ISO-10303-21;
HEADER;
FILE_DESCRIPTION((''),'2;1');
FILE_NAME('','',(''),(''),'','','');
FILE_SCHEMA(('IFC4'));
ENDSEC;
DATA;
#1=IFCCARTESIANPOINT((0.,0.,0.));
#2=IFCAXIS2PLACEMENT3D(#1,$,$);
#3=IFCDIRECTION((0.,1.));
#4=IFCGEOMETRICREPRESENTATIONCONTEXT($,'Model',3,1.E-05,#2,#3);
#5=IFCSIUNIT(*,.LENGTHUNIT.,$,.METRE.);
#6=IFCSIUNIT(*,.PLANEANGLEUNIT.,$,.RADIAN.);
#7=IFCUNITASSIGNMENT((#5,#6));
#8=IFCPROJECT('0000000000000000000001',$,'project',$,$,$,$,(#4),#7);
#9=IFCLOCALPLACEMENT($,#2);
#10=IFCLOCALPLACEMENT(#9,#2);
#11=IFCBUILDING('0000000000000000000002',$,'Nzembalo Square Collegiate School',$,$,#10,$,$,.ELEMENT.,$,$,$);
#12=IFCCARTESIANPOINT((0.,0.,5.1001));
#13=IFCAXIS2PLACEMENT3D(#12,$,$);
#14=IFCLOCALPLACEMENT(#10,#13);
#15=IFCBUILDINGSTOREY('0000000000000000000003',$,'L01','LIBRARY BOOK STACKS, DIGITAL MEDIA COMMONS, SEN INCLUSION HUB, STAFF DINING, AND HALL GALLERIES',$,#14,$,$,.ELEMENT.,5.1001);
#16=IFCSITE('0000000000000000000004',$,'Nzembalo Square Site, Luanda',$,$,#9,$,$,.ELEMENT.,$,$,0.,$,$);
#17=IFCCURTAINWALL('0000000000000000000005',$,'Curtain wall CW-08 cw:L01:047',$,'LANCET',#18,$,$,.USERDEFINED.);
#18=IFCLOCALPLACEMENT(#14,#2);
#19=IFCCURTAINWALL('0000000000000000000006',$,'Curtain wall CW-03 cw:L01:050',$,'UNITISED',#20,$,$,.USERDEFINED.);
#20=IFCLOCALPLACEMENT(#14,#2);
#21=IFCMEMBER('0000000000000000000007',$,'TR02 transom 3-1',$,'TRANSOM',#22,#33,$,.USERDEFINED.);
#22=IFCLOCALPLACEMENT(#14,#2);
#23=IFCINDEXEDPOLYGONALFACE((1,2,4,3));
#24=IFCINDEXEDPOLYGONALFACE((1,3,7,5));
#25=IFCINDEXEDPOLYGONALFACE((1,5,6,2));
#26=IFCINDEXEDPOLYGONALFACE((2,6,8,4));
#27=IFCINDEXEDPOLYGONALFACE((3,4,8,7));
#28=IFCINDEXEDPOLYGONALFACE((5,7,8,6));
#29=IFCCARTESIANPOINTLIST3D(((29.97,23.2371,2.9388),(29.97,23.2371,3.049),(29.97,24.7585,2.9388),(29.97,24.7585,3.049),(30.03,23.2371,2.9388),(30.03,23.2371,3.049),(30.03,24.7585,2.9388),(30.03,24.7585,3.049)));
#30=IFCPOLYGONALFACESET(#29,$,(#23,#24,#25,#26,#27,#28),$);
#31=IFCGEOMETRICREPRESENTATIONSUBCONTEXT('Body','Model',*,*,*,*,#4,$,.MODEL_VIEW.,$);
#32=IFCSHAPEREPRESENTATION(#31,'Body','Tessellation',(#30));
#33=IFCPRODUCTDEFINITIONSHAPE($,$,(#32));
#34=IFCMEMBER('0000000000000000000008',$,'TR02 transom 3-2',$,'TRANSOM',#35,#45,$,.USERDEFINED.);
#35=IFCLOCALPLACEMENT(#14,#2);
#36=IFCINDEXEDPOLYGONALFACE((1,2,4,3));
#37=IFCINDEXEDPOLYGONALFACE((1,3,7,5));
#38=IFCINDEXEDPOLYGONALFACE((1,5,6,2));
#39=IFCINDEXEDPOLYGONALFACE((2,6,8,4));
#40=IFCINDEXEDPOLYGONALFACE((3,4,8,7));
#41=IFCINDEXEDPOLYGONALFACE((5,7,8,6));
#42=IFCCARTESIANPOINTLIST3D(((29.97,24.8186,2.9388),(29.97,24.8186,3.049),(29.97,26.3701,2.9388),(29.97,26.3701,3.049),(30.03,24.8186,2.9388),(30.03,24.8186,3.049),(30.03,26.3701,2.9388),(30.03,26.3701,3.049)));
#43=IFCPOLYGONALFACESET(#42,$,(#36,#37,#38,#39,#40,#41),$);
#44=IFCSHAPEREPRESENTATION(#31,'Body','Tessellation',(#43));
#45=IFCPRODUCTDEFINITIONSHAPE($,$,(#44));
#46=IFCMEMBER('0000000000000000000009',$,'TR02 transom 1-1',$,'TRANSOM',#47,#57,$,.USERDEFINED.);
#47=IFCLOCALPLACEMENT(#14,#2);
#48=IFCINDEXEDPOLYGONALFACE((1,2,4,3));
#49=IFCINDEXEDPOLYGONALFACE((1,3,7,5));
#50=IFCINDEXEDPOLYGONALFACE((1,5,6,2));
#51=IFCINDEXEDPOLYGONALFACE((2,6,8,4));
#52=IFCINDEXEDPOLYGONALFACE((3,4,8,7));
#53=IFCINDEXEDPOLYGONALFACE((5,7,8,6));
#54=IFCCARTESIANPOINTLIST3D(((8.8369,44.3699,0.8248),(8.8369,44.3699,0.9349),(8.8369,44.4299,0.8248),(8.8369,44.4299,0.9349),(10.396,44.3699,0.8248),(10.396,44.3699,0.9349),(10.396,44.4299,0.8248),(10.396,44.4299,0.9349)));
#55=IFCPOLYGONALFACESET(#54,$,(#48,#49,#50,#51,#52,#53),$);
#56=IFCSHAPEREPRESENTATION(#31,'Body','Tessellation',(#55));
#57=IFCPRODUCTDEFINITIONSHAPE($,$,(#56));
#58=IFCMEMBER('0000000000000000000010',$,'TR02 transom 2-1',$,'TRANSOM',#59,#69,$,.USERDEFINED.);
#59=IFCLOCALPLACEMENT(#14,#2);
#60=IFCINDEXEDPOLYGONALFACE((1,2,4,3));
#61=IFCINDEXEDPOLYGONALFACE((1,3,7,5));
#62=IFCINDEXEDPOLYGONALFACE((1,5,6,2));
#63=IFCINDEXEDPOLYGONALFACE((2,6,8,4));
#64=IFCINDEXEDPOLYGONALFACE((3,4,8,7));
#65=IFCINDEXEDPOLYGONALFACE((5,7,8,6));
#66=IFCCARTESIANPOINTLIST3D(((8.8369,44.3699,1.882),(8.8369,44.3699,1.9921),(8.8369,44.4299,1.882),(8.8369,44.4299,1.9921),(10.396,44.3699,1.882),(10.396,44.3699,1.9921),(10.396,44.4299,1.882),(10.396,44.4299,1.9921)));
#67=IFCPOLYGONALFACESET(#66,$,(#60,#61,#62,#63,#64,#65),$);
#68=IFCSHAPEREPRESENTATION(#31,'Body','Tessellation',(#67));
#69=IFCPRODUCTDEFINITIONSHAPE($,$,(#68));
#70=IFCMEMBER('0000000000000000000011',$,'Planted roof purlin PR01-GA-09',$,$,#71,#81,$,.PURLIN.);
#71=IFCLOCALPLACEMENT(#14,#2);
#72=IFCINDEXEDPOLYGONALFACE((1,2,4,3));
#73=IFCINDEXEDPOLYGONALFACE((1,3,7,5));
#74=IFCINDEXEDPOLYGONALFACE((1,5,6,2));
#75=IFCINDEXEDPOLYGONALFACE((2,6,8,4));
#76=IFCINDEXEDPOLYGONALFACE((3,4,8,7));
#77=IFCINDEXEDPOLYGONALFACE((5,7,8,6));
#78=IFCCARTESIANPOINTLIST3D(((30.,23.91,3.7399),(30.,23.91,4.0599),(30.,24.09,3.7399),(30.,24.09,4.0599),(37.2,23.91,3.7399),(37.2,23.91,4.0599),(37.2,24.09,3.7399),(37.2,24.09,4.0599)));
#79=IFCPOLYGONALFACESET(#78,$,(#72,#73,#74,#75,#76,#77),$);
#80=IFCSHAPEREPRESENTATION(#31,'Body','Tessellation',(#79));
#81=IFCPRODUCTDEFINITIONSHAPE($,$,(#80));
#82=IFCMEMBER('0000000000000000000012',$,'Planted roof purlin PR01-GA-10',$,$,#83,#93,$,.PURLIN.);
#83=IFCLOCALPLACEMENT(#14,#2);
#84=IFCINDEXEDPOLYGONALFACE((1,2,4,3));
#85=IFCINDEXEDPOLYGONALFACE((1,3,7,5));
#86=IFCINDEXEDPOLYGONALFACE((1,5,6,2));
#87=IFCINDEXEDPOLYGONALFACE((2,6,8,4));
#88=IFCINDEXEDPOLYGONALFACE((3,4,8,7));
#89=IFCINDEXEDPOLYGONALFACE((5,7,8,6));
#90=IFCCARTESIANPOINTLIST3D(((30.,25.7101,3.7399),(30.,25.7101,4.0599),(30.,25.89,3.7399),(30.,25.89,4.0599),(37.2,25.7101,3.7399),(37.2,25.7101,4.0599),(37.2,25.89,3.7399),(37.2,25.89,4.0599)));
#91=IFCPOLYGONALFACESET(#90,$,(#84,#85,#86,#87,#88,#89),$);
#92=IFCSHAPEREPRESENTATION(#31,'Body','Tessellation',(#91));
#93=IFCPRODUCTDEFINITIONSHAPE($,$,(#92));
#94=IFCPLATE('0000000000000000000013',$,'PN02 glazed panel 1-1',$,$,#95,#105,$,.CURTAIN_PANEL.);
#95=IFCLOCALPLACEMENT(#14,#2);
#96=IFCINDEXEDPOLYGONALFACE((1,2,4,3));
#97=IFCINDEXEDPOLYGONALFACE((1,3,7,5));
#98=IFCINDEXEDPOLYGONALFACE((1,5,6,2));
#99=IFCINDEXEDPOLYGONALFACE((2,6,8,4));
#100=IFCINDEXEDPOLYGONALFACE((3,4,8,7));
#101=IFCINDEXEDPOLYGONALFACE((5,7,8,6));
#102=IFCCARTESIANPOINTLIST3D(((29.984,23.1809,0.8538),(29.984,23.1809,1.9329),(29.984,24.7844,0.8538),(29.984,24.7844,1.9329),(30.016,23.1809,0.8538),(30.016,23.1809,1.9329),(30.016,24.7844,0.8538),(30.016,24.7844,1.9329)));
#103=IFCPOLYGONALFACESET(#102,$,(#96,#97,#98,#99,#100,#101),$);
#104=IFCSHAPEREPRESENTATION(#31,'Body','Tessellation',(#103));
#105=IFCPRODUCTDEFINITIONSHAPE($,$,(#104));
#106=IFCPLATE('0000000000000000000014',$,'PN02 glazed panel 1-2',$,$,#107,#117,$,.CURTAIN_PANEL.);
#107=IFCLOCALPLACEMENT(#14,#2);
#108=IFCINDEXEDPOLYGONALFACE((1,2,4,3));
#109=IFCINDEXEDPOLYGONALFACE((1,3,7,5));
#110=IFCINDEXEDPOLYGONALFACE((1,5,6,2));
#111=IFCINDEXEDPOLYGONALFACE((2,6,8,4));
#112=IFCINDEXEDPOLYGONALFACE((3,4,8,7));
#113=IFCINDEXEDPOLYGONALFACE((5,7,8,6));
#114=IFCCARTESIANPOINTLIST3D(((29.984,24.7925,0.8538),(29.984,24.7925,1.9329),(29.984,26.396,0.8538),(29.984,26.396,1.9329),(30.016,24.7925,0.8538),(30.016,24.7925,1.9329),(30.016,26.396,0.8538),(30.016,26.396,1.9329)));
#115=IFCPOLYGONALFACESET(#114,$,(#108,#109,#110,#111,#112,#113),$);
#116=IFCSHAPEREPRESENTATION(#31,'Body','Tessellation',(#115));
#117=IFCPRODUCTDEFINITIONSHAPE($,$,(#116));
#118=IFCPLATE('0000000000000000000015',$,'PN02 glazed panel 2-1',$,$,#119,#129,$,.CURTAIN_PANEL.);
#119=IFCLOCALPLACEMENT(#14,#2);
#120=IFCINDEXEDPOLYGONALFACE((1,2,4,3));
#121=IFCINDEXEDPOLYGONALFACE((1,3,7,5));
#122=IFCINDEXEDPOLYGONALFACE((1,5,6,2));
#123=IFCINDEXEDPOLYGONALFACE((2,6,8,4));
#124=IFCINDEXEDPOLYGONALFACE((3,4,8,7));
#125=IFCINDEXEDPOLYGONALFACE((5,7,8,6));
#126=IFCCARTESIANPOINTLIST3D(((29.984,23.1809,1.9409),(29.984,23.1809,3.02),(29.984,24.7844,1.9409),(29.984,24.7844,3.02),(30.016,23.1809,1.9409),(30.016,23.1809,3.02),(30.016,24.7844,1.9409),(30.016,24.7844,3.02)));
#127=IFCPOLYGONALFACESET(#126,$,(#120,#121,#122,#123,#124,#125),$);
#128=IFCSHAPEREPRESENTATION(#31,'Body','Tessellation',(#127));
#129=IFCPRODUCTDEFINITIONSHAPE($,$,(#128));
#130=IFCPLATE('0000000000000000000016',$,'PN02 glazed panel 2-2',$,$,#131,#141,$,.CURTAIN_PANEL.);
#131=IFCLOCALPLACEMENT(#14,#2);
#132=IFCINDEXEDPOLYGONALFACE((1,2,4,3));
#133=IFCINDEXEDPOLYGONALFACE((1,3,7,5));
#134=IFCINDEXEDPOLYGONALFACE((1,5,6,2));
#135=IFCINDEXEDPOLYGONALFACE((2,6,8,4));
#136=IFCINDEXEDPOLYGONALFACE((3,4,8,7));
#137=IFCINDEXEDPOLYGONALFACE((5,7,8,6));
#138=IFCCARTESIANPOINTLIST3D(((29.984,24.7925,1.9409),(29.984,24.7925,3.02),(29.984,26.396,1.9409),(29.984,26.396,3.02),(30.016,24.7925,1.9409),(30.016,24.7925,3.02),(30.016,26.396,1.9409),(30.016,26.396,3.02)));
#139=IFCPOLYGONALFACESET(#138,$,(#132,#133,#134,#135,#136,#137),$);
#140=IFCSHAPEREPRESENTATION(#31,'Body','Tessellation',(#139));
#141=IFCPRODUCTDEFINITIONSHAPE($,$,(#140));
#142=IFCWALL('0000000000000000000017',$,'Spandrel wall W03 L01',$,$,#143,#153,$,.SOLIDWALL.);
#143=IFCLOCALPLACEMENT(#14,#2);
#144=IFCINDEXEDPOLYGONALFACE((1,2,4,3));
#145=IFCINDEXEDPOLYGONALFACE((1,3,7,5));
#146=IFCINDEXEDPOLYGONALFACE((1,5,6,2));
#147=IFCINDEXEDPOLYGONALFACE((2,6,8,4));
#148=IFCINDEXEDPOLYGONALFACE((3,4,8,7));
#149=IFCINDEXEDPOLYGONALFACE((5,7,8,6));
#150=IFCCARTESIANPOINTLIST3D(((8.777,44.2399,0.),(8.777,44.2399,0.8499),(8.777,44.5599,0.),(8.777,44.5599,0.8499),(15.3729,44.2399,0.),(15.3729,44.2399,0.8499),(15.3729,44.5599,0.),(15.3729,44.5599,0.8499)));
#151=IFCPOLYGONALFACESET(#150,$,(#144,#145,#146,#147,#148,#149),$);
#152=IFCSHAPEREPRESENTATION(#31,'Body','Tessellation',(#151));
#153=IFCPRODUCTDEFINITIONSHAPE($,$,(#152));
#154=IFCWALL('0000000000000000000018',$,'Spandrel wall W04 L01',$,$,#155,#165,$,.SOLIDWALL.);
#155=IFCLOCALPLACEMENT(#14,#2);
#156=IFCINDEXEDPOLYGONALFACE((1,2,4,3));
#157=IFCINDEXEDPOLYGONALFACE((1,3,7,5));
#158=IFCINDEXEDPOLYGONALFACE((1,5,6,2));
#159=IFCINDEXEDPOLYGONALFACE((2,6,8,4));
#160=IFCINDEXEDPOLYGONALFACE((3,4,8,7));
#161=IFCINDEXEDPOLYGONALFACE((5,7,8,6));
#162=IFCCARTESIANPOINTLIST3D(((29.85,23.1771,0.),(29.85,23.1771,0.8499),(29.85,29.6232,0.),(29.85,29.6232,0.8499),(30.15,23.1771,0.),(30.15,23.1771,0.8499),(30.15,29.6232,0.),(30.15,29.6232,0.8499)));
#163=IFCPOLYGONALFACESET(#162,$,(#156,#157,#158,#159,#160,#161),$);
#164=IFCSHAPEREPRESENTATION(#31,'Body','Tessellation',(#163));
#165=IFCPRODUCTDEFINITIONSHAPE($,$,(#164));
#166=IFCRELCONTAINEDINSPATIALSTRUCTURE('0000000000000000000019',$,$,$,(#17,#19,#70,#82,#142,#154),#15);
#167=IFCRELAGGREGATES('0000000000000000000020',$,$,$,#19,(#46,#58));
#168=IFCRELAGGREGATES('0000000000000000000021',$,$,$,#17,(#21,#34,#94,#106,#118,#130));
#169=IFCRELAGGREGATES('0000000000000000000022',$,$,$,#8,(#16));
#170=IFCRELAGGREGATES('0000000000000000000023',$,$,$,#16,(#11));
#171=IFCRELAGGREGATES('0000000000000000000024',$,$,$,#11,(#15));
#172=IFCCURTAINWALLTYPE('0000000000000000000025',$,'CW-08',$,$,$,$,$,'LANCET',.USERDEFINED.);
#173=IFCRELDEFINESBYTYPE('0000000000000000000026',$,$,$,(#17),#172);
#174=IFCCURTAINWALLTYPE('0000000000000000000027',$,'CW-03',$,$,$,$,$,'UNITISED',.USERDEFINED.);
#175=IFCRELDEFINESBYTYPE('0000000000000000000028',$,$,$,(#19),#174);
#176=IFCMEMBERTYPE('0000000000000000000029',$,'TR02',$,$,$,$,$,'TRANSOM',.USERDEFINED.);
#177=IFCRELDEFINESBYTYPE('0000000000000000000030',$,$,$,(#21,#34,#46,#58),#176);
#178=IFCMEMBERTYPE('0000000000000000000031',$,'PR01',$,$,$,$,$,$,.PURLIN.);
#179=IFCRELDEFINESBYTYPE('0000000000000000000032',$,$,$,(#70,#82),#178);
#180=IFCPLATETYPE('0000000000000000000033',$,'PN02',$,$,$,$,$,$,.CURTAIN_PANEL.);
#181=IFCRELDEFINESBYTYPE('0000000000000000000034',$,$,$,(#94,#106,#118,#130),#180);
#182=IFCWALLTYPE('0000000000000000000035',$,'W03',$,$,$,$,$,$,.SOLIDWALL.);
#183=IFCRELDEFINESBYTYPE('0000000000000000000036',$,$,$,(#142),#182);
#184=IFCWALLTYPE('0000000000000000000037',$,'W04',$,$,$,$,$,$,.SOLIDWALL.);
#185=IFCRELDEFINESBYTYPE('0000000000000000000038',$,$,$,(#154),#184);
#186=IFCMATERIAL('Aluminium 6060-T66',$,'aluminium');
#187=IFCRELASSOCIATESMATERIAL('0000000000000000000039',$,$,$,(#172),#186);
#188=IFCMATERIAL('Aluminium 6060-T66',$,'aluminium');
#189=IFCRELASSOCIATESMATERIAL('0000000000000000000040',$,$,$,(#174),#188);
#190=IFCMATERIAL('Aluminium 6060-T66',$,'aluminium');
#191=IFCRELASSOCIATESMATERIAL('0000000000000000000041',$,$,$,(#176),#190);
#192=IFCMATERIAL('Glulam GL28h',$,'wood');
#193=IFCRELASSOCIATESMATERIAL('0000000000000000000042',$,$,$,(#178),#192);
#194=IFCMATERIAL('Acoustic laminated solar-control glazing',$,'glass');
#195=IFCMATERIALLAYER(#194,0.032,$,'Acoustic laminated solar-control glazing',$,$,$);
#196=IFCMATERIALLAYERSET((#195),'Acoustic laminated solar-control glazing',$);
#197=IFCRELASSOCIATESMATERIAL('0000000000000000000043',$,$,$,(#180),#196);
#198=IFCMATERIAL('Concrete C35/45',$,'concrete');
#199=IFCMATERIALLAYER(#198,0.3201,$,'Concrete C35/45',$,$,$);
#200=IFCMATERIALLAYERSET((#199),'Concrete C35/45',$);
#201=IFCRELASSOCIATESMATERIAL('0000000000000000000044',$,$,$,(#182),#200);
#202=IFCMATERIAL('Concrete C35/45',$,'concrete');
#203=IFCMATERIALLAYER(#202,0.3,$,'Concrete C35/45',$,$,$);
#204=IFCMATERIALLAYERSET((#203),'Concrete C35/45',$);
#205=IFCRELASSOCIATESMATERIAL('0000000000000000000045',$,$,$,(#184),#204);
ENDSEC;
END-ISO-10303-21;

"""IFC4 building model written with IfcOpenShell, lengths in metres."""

from ifc_helpers import new_model, si_unit, direction, frame, frame_2d, origin, origin_2d, place, context, subcontext, project, spatial, rectangle, extrude, material, layer, layer_set, material_profile, profile_set, type_object, element, aggregate, save


model = new_model("IFC4")

# Units and contexts
model_context = context("Model", 3, precision=1e-05, world=origin(), true_north=direction((0.0, 1.0)))
body_context = subcontext(model_context, "Body", "Model", "MODEL_VIEW")
ifc_project = project(units=[si_unit("LENGTHUNIT", "METRE"), si_unit("PLANEANGLEUNIT", "RADIAN")], contexts=[model_context])

# Site, building, storey
site_placement = place(None, origin())
site = spatial("IfcSite", under=ifc_project, at=site_placement, Name="Nzembalo Square Site, Luanda", CompositionType="ELEMENT", RefElevation=0.0)
building_placement = place(site_placement, origin())
building = spatial("IfcBuilding", under=site, at=building_placement, Name="Nzembalo Square Collegiate School", CompositionType="ELEMENT")
storey_placement = place(building_placement, frame((0.0, 0.0, 5.1001)))
storey = spatial("IfcBuildingStorey", under=building, at=storey_placement, Name="L01", Description="LIBRARY BOOK STACKS, DIGITAL MEDIA COMMONS, SEN INCLUSION HUB, STAFF DINING, AND HALL GALLERIES", CompositionType="ELEMENT", Elevation=5.1001)

# Curtain wall
ifc_material_1 = material(Name="Aluminium 6060-T66", Category="aluminium")
curtain_wall_type_1 = type_object("IfcCurtainWallType", Name="CW-08", ElementType="LANCET", PredefinedType="USERDEFINED", material=ifc_material_1)
curtain_wall_1_placement = place(storey_placement, origin())
curtain_wall_1 = element("IfcCurtainWall", 1, at=curtain_wall_1_placement, inside=storey, type_object=curtain_wall_type_1, Name="Curtain wall CW-08 cw:L01:047", ObjectType="LANCET", PredefinedType="USERDEFINED")

# Curtain wall
ifc_material_2 = material(Name="Aluminium 6060-T66", Category="aluminium")
curtain_wall_type_2 = type_object("IfcCurtainWallType", Name="CW-03", ElementType="UNITISED", PredefinedType="USERDEFINED", material=ifc_material_2)
curtain_wall_2_placement = place(storey_placement, origin())
curtain_wall_2 = element("IfcCurtainWall", 2, at=curtain_wall_2_placement, inside=storey, type_object=curtain_wall_type_2, Name="Curtain wall CW-03 cw:L01:050", ObjectType="UNITISED", PredefinedType="USERDEFINED")

# Members
ifc_material_3 = material(Name="Aluminium 6060-T66", Category="aluminium")
ifc_material_profile_1 = material_profile(ifc_material_3, rectangle(XDim=0.0601, YDim=0.1101, at=origin_2d()), Name="ALU T60x110")
ifc_profile_set_1 = profile_set([ifc_material_profile_1], Name="Aluminium 6060-T66")
member_type_1 = type_object("IfcMemberType", Name="TR02", ElementType="TRANSOM", PredefinedType="USERDEFINED", material=ifc_profile_set_1)
member_1_placement = place(storey_placement, frame((30.0, 23.2371, 2.9939), z_axis=(0.0, 1.0, 0.0), x_axis=(-1.0, 0.0, 0.0)))
member_1 = element("IfcMember", 3, at=member_1_placement, type_object=member_type_1, Name="TR02 transom 3-1", ObjectType="TRANSOM", PredefinedType="USERDEFINED", context=body_context, shape_type="SweptSolid", body=[
    extrude(rectangle(XDim=0.0601, YDim=0.1101, at=origin_2d()), origin(), (0.0, 0.0, 1.0), 1.5215),
])
member_2_placement = place(storey_placement, frame((30.0, 24.8186, 2.9939), z_axis=(0.0, 1.0, 0.0), x_axis=(-1.0, 0.0, 0.0)))
member_2 = element("IfcMember", 4, at=member_2_placement, type_object=member_type_1, Name="TR02 transom 3-2", ObjectType="TRANSOM", PredefinedType="USERDEFINED", context=body_context, shape_type="SweptSolid", body=[
    extrude(rectangle(XDim=0.0601, YDim=0.1101, at=origin_2d()), origin(), (0.0, 0.0, 1.0), 1.5515),
])
member_3_placement = place(storey_placement, frame((8.8369, 44.3999, 0.8799), z_axis=(1.0, 0.0, 0.0), x_axis=(0.0, 1.0, 0.0)))
member_3 = element("IfcMember", 5, at=member_3_placement, type_object=member_type_1, Name="TR02 transom 1-1", ObjectType="TRANSOM", PredefinedType="USERDEFINED", context=body_context, shape_type="SweptSolid", body=[
    extrude(rectangle(XDim=0.0601, YDim=0.1101, at=origin_2d()), origin(), (0.0, 0.0, 1.0), 1.5591),
])
member_4_placement = place(storey_placement, frame((8.8369, 44.3999, 1.937), z_axis=(1.0, 0.0, 0.0), x_axis=(0.0, 1.0, 0.0)))
member_4 = element("IfcMember", 6, at=member_4_placement, type_object=member_type_1, Name="TR02 transom 2-1", ObjectType="TRANSOM", PredefinedType="USERDEFINED", context=body_context, shape_type="SweptSolid", body=[
    extrude(rectangle(XDim=0.0601, YDim=0.1101, at=origin_2d()), origin(), (0.0, 0.0, 1.0), 1.5591),
])
aggregate(curtain_wall_2, [member_3, member_4])

# Members
ifc_material_4 = material(Name="Glulam GL28h", Category="wood")
ifc_material_profile_2 = material_profile(ifc_material_4, rectangle(XDim=0.1799, YDim=0.3201, at=origin_2d()), Name="GL28h 180x320")
ifc_profile_set_2 = profile_set([ifc_material_profile_2], Name="Glulam GL28h")
member_type_2 = type_object("IfcMemberType", Name="PR01", PredefinedType="PURLIN", material=ifc_profile_set_2)
for number, where, z_axis, x_axis, name in (
    (7, (30.0, 24.0, 3.8999), (1.0, 0.0, 0.0), (0.0, 1.0, 0.0), "Planted roof purlin PR01-GA-09"),
    (8, (30.0, 25.8, 3.8999), (1.0, 0.0, 0.0), (0.0, 1.0, 0.0), "Planted roof purlin PR01-GA-10"),
):
    element("IfcMember", number, at=place(storey_placement, frame(where, z_axis=z_axis, x_axis=x_axis)), inside=storey, type_object=member_type_2, Name=name, PredefinedType="PURLIN", context=body_context, shape_type="SweptSolid", body=[
        extrude(rectangle(XDim=0.1799, YDim=0.3201, at=origin_2d()), origin(), (0.0, 0.0, 1.0), 7.2),
    ])

# Plates
ifc_material_5 = material(Name="Acoustic laminated solar-control glazing", Category="glass")
ifc_layer_1 = layer(ifc_material_5, 0.032, Name="Acoustic laminated solar-control glazing")
ifc_layer_set_1 = layer_set([ifc_layer_1], Name="Acoustic laminated solar-control glazing")
plate_type = type_object("IfcPlateType", Name="PN02", PredefinedType="CURTAIN_PANEL", material=ifc_layer_set_1)
plate_1_placement = place(storey_placement, frame((30.0, 23.9827, 0.8538), z_axis=(0.0, 0.0, 1.0), x_axis=(0.0, 1.0, 0.0)))
plate_1 = element("IfcPlate", 9, at=plate_1_placement, type_object=plate_type, Name="PN02 glazed panel 1-1", PredefinedType="CURTAIN_PANEL", context=body_context, shape_type="SweptSolid", body=[
    extrude(rectangle(XDim=1.6035, YDim=0.032, at=origin_2d()), origin(), (0.0, 0.0, 1.0), 1.0791),
])
plate_2_placement = place(storey_placement, frame((30.0, 25.5942, 0.8538), z_axis=(0.0, 0.0, 1.0), x_axis=(0.0, 1.0, 0.0)))
plate_2 = element("IfcPlate", 10, at=plate_2_placement, type_object=plate_type, Name="PN02 glazed panel 1-2", PredefinedType="CURTAIN_PANEL", context=body_context, shape_type="SweptSolid", body=[
    extrude(rectangle(XDim=1.6035, YDim=0.032, at=origin_2d()), origin(), (0.0, 0.0, 1.0), 1.0791),
])
plate_3_placement = place(storey_placement, frame((30.0, 23.9827, 1.9409), z_axis=(0.0, 0.0, 1.0), x_axis=(0.0, 1.0, 0.0)))
plate_3 = element("IfcPlate", 11, at=plate_3_placement, type_object=plate_type, Name="PN02 glazed panel 2-1", PredefinedType="CURTAIN_PANEL", context=body_context, shape_type="SweptSolid", body=[
    extrude(rectangle(XDim=1.6035, YDim=0.032, at=origin_2d()), origin(), (0.0, 0.0, 1.0), 1.0791),
])
plate_4_placement = place(storey_placement, frame((30.0, 25.5942, 1.9409), z_axis=(0.0, 0.0, 1.0), x_axis=(0.0, 1.0, 0.0)))
plate_4 = element("IfcPlate", 12, at=plate_4_placement, type_object=plate_type, Name="PN02 glazed panel 2-2", PredefinedType="CURTAIN_PANEL", context=body_context, shape_type="SweptSolid", body=[
    extrude(rectangle(XDim=1.6035, YDim=0.032, at=origin_2d()), origin(), (0.0, 0.0, 1.0), 1.0791),
])
aggregate(curtain_wall_1, [member_1, member_2, plate_1, plate_2, plate_3, plate_4])

# Walls
ifc_material_6 = material(Name="Concrete C35/45", Category="concrete")
ifc_layer_2 = layer(ifc_material_6, 0.3201, Name="Concrete C35/45")
ifc_layer_set_2 = layer_set([ifc_layer_2], Name="Concrete C35/45")
wall_type_1 = type_object("IfcWallType", Name="W03", PredefinedType="SOLIDWALL", material=ifc_layer_set_2)
wall_1_placement = place(storey_placement, frame((8.7771, 44.3999, 0.0), z_axis=(0.0, 0.0, 1.0), x_axis=(1.0, 0.0, 0.0)))
element("IfcWall", 13, at=wall_1_placement, inside=storey, type_object=wall_type_1, Name="Spandrel wall W03 L01", PredefinedType="SOLIDWALL", context=body_context, shape_type="SweptSolid", body=[
    extrude(rectangle(XDim=6.5959, YDim=0.3201, at=frame_2d((3.2979, 0.0))), origin(), (0.0, 0.0, 1.0), 0.8499),
])
ifc_material_7 = material(Name="Concrete C35/45", Category="concrete")
ifc_layer_3 = layer(ifc_material_7, 0.3, Name="Concrete C35/45")
ifc_layer_set_3 = layer_set([ifc_layer_3], Name="Concrete C35/45")
wall_type_2 = type_object("IfcWallType", Name="W04", PredefinedType="SOLIDWALL", material=ifc_layer_set_3)
wall_2_placement = place(storey_placement, frame((30.0, 23.177, 0.0), z_axis=(0.0, 0.0, 1.0), x_axis=(0.0, 1.0, 0.0)))
element("IfcWall", 14, at=wall_2_placement, inside=storey, type_object=wall_type_2, Name="Spandrel wall W04 L01", PredefinedType="SOLIDWALL", context=body_context, shape_type="SweptSolid", body=[
    extrude(rectangle(XDim=6.446, YDim=0.3, at=frame_2d((3.2231, 0.0))), origin(), (0.0, 0.0, 1.0), 0.8499),
])

save(model, "model.ifc")
